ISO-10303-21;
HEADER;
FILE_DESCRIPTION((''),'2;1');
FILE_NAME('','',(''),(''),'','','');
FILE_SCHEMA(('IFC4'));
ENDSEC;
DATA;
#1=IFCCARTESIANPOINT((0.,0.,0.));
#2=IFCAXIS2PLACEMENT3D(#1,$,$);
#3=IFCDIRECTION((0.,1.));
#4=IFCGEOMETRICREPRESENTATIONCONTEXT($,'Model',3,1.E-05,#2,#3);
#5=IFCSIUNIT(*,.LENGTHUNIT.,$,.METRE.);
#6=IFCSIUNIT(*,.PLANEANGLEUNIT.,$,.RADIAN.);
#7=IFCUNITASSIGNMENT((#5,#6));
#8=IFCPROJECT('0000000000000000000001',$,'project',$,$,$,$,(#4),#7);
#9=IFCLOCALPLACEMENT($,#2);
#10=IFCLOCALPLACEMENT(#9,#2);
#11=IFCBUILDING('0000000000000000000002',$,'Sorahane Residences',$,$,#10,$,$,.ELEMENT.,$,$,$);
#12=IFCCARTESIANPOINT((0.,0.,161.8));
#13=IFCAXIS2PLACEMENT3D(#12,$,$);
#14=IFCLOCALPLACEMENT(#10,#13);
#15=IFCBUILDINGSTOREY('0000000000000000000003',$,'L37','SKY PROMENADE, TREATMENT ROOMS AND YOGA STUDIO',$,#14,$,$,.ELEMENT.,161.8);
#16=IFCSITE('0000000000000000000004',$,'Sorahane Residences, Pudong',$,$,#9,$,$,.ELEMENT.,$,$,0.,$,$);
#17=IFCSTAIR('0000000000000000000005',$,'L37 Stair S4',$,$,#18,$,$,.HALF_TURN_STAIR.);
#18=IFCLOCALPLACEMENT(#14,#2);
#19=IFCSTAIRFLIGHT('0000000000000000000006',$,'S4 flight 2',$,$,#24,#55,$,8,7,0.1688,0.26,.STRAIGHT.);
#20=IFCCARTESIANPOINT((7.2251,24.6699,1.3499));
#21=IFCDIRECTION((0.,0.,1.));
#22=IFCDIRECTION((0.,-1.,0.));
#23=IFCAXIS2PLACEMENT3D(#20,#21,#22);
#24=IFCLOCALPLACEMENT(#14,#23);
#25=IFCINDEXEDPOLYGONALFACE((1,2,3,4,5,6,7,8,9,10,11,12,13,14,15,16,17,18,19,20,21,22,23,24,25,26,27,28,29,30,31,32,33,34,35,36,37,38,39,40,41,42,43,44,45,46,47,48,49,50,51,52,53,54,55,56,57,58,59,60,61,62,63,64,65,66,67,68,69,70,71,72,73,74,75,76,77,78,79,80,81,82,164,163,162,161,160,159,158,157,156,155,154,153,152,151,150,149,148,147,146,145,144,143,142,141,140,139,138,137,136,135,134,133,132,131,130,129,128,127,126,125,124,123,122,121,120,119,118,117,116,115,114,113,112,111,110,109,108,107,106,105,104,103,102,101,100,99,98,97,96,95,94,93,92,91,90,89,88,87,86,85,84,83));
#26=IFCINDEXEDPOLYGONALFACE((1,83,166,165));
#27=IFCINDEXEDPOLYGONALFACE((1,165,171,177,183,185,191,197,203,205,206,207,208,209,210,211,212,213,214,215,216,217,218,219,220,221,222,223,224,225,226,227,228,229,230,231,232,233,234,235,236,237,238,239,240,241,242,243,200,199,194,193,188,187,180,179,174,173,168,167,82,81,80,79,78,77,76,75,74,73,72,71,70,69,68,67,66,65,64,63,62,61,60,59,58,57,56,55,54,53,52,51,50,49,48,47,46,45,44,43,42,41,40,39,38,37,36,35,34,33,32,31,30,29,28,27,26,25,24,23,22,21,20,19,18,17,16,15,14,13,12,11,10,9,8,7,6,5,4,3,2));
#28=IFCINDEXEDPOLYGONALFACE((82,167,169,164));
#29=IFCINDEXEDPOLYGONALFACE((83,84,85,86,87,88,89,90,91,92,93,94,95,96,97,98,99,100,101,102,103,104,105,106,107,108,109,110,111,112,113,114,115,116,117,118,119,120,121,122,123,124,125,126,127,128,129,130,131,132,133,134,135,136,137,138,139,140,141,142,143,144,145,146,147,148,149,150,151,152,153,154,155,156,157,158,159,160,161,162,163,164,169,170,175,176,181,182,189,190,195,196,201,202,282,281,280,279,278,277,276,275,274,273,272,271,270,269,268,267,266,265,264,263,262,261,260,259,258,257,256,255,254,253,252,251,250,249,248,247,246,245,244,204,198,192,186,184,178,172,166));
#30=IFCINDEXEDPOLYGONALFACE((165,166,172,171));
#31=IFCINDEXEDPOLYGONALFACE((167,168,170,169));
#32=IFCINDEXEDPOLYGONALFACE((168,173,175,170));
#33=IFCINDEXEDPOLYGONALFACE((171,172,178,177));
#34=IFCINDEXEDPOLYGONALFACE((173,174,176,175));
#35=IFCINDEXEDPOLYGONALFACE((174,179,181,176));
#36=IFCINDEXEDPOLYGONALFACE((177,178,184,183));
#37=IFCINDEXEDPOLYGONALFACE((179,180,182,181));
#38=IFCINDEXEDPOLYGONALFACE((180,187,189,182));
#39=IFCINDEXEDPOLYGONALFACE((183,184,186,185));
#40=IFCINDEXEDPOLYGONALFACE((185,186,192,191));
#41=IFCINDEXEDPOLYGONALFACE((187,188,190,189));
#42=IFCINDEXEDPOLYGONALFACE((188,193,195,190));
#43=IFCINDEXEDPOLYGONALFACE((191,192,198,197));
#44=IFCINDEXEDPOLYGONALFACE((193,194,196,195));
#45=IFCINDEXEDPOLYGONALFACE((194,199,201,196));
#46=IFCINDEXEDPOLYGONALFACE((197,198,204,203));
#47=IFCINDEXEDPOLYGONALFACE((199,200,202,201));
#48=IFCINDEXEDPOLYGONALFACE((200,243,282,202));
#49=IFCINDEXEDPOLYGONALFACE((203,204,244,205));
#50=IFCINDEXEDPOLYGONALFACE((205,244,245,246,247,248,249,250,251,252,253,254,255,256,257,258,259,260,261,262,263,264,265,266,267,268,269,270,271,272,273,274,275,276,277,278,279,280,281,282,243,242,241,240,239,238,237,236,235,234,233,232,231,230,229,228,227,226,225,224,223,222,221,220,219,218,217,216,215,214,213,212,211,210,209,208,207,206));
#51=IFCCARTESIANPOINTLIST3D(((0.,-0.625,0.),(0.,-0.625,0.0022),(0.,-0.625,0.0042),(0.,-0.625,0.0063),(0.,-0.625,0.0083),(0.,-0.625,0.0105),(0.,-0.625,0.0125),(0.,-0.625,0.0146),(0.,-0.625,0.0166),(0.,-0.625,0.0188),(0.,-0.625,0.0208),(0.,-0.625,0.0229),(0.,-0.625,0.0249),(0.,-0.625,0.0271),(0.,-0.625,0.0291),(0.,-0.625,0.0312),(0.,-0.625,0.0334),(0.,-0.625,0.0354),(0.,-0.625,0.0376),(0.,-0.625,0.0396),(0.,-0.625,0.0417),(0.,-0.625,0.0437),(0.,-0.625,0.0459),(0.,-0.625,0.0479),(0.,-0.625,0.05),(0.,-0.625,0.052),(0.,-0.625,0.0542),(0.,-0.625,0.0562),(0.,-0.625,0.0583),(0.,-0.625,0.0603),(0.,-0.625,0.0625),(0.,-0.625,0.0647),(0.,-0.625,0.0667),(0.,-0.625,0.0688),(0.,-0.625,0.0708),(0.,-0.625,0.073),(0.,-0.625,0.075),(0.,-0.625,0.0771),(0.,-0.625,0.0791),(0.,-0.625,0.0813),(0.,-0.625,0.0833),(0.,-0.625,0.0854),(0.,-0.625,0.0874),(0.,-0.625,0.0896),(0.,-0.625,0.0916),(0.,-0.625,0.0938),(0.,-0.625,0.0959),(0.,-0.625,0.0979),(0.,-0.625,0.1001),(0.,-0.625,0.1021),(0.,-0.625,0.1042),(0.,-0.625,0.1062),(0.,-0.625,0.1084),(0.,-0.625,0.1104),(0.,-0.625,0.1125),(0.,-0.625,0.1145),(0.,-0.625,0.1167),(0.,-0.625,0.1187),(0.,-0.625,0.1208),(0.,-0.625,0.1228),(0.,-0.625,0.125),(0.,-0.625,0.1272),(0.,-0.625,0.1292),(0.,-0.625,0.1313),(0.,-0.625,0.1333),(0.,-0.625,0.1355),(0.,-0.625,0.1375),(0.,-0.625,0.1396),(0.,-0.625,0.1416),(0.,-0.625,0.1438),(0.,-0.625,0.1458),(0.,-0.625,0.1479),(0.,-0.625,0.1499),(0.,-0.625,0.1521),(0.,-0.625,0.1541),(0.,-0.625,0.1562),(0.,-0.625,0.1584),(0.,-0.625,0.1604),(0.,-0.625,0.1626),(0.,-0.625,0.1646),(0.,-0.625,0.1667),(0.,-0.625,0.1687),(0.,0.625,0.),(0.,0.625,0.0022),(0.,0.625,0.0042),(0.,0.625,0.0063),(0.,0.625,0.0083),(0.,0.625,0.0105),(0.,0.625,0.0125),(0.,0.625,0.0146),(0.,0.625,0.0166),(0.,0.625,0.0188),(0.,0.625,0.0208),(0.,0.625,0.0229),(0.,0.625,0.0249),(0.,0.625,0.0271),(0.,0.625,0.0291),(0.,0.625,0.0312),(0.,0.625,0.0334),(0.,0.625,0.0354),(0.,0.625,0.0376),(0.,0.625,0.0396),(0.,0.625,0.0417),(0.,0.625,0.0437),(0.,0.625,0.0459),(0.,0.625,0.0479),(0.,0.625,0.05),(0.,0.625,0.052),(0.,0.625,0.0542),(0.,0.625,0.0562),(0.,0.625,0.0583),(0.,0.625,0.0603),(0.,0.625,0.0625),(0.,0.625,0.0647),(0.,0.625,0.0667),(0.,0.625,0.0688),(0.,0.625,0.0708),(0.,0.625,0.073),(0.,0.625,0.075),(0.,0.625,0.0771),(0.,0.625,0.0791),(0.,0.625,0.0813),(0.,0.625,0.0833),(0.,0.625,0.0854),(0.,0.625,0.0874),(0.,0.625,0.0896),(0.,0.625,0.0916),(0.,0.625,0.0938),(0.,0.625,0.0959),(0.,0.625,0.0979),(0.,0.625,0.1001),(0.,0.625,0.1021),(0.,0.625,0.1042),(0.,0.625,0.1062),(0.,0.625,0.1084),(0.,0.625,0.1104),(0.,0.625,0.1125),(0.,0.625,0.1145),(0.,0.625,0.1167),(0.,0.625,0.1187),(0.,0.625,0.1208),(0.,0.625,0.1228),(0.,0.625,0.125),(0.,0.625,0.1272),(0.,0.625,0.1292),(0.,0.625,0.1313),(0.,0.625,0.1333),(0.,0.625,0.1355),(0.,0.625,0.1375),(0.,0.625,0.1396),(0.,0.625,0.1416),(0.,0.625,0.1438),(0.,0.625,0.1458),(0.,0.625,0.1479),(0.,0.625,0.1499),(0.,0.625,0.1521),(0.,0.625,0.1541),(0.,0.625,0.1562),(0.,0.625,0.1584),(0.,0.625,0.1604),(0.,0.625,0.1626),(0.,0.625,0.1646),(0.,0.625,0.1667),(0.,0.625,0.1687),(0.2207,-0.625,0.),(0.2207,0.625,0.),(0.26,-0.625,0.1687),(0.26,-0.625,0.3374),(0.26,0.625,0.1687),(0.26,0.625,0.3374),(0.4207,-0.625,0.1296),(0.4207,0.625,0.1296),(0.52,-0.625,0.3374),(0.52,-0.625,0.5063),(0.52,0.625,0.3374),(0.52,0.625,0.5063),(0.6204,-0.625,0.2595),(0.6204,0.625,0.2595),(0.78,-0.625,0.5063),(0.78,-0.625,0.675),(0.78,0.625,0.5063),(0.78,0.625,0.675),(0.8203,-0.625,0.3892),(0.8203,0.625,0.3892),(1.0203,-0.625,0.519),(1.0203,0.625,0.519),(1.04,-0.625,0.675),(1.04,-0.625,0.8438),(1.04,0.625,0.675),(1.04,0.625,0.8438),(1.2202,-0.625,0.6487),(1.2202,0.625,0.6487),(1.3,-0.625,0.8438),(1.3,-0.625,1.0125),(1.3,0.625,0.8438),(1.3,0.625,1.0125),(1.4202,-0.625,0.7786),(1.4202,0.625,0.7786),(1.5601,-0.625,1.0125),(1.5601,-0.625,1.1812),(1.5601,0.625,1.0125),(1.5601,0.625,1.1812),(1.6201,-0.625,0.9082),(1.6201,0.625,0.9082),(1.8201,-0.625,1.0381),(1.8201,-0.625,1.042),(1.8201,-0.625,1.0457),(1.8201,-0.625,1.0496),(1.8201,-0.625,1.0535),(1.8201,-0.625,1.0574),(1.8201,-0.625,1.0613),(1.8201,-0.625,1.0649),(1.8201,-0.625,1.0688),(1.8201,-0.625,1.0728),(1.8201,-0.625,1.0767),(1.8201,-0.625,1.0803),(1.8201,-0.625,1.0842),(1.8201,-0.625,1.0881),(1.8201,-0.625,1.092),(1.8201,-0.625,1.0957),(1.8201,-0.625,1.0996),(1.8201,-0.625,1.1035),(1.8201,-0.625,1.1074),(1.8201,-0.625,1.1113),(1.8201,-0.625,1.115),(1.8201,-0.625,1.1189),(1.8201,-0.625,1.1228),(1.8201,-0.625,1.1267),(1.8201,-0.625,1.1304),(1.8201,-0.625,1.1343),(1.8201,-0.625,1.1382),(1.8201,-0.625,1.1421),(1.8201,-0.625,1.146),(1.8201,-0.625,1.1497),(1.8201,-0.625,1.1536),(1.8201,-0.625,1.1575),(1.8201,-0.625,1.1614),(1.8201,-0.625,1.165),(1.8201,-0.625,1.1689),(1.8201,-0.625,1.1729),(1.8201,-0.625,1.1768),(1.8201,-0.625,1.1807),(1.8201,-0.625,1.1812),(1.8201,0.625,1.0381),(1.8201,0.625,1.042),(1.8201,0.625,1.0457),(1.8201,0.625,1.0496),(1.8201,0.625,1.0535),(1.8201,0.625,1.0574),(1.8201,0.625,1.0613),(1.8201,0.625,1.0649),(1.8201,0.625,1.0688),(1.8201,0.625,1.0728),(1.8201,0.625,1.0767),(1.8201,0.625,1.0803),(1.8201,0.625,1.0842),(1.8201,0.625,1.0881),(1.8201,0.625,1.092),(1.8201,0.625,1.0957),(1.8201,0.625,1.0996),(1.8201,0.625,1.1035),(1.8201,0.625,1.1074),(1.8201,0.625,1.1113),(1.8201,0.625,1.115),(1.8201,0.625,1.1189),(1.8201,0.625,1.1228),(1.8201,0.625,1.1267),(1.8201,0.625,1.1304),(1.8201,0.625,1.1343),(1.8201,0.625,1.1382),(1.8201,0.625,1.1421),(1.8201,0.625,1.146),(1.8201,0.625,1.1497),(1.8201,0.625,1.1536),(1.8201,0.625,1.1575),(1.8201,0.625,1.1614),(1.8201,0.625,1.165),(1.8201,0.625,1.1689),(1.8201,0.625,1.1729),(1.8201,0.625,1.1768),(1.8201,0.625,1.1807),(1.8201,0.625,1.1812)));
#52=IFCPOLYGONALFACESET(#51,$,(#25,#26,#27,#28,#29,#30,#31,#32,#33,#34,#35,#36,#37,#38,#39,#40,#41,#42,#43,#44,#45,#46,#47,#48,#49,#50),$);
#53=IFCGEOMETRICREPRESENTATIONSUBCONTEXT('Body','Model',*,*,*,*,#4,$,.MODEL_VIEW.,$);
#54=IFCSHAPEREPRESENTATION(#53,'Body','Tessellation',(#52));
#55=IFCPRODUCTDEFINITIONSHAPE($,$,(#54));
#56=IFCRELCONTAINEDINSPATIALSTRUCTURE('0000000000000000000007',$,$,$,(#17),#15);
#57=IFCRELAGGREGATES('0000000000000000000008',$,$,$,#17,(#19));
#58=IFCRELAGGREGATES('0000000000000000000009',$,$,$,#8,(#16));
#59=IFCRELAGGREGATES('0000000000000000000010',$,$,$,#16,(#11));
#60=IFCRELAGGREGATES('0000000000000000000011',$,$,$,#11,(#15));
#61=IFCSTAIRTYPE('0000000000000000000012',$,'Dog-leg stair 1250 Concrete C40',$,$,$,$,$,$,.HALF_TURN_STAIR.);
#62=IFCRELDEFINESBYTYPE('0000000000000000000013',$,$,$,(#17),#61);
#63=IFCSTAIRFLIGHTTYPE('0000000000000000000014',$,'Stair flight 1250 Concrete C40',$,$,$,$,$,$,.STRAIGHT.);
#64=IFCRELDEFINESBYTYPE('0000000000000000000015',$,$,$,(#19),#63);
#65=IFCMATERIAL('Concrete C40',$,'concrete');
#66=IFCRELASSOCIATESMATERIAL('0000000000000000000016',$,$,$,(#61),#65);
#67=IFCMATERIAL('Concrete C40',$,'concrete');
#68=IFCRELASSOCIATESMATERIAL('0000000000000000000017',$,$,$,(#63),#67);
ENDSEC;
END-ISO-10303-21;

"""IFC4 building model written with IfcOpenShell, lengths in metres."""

from ifc_helpers import new_model, si_unit, direction, frame, origin, place, context, subcontext, project, spatial, polyline, outline, extrude, material, type_object, element, aggregate, save


model = new_model("IFC4")

# Units and contexts
model_context = context("Model", 3, precision=1e-05, world=origin(), true_north=direction((0.0, 1.0)))
body_context = subcontext(model_context, "Body", "Model", "MODEL_VIEW")
ifc_project = project(units=[si_unit("LENGTHUNIT", "METRE"), si_unit("PLANEANGLEUNIT", "RADIAN")], contexts=[model_context])

# Site, building, storey
site_placement = place(None, origin())
site = spatial("IfcSite", under=ifc_project, at=site_placement, Name="Sorahane Residences, Pudong", CompositionType="ELEMENT", RefElevation=0.0)
building_placement = place(site_placement, origin())
building = spatial("IfcBuilding", under=site, at=building_placement, Name="Sorahane Residences", CompositionType="ELEMENT")
storey_placement = place(building_placement, frame((0.0, 0.0, 161.8)))
storey = spatial("IfcBuildingStorey", under=building, at=storey_placement, Name="L37", Description="SKY PROMENADE, TREATMENT ROOMS AND YOGA STUDIO", CompositionType="ELEMENT", Elevation=161.8)

# Stair, stair flight
ifc_material_1 = material(Name="Concrete C40", Category="concrete")
stair_type = type_object("IfcStairType", Name="Dog-leg stair 1250 Concrete C40", PredefinedType="HALF_TURN_STAIR", material=ifc_material_1)
stair_placement = place(storey_placement, origin())
stair = element("IfcStair", 1, at=stair_placement, inside=storey, type_object=stair_type, Name="L37 Stair S4", PredefinedType="HALF_TURN_STAIR")
ifc_material_2 = material(Name="Concrete C40", Category="concrete")
stair_flight_type = type_object("IfcStairFlightType", Name="Stair flight 1250 Concrete C40", PredefinedType="STRAIGHT", material=ifc_material_2)
stair_flight_placement = place(storey_placement, frame((7.2251, 24.6699, 1.3499), z_axis=(0.0, 0.0, 1.0), x_axis=(0.0, -1.0, 0.0)))
stair_flight = element("IfcStairFlight", 2, at=stair_flight_placement, type_object=stair_flight_type, Name="S4 flight 2", NumberOfRisers=8, NumberOfTreads=7, PredefinedType="STRAIGHT", RiserHeight=0.1688, TreadLength=0.26, context=body_context, shape_type="SweptSolid", body=[
    extrude(outline(polyline([(0.0, 0.0), (0.0, 0.0022), (0.0, 0.0042), (0.0, 0.0063), (0.0, 0.0083), (0.0, 0.0105), (0.0, 0.0125), (0.0, 0.0146), (0.0, 0.0166), (0.0, 0.0188), (0.0, 0.0208), (0.0, 0.0229), (0.0, 0.0249), (0.0, 0.0271), (0.0, 0.0291), (0.0, 0.0312), (0.0, 0.0334), (0.0, 0.0354), (0.0, 0.0376), (0.0, 0.0396), (0.0, 0.0417), (0.0, 0.0437), (0.0, 0.0459), (0.0, 0.0479), (0.0, 0.05), (0.0, 0.052), (0.0, 0.0542), (0.0, 0.0562), (0.0, 0.0583), (0.0, 0.0603), (0.0, 0.0625), (0.0, 0.0647), (0.0, 0.0667), (0.0, 0.0688), (0.0, 0.0708), (0.0, 0.073), (0.0, 0.075), (0.0, 0.0771), (0.0, 0.0791), (0.0, 0.0813), (0.0, 0.0833), (0.0, 0.0854), (0.0, 0.0874), (0.0, 0.0896), (0.0, 0.0916), (0.0, 0.0938), (0.0, 0.0959), (0.0, 0.0979), (0.0, 0.1001), (0.0, 0.1021), (0.0, 0.1042), (0.0, 0.1062), (0.0, 0.1084), (0.0, 0.1104), (0.0, 0.1125), (0.0, 0.1145), (0.0, 0.1167), (0.0, 0.1187), (0.0, 0.1208), (0.0, 0.1228), (0.0, 0.125), (0.0, 0.1272), (0.0, 0.1292), (0.0, 0.1313), (0.0, 0.1333), (0.0, 0.1355), (0.0, 0.1375), (0.0, 0.1396), (0.0, 0.1416), (0.0, 0.1438), (0.0, 0.1458), (0.0, 0.1479), (0.0, 0.1499), (0.0, 0.1521), (0.0, 0.1541), (0.0, 0.1562), (0.0, 0.1584), (0.0, 0.1604), (0.0, 0.1626), (0.0, 0.1646), (0.0, 0.1667), (0.0, 0.1687), (0.26, 0.1687), (0.26, 0.3374), (0.52, 0.3374), (0.52, 0.5063), (0.78, 0.5063), (0.78, 0.675), (1.04, 0.675), (1.04, 0.8438), (1.3, 0.8438), (1.3, 1.0125), (1.5601, 1.0125), (1.5601, 1.1812), (1.8201, 1.1812), (1.8201, 1.3501), (1.8201, 1.3462), (1.8201, 1.3423), (1.8201, 1.3384), (1.8201, 1.3347), (1.8201, 1.3308), (1.8201, 1.3269), (1.8201, 1.323), (1.8201, 1.3191), (1.8201, 1.3154), (1.8201, 1.3115), (1.8201, 1.3076), (1.8201, 1.3037), (1.8201, 1.3), (1.8201, 1.2961), (1.8201, 1.2922), (1.8201, 1.2883), (1.8201, 1.2844), (1.8201, 1.2808), (1.8201, 1.2769), (1.8201, 1.2729), (1.8201, 1.269), (1.8201, 1.2654), (1.8201, 1.2615), (1.8201, 1.2576), (1.8201, 1.2537), (1.8201, 1.2498), (1.8201, 1.2461), (1.8201, 1.2422), (1.8201, 1.2383), (1.8201, 1.2344), (1.8201, 1.2307), (1.8201, 1.2268), (1.8201, 1.2229), (1.8201, 1.219), (1.8201, 1.2151), (1.8201, 1.2114), (1.8201, 1.2075), (1.8201, 1.2036), (1.8201, 1.1997), (1.8201, 1.196), (1.8201, 1.1921), (1.8201, 1.1882), (1.8201, 1.1843), (1.8201, 1.1807), (1.8201, 1.1768), (1.8201, 1.1729), (1.8201, 1.1689), (1.8201, 1.165), (1.8201, 1.1614), (1.8201, 1.1575), (1.8201, 1.1536), (1.8201, 1.1497), (1.8201, 1.146), (1.8201, 1.1421), (1.8201, 1.1382), (1.8201, 1.1343), (1.8201, 1.1304), (1.8201, 1.1267), (1.8201, 1.1228), (1.8201, 1.1189), (1.8201, 1.115), (1.8201, 1.1113), (1.8201, 1.1074), (1.8201, 1.1035), (1.8201, 1.0996), (1.8201, 1.0957), (1.8201, 1.092), (1.8201, 1.0881), (1.8201, 1.0842), (1.8201, 1.0803), (1.8201, 1.0767), (1.8201, 1.0728), (1.8201, 1.0688), (1.8201, 1.0649), (1.8201, 1.0613), (1.8201, 1.0574), (1.8201, 1.0535), (1.8201, 1.0496), (1.8201, 1.0457), (1.8201, 1.042), (1.8201, 1.0381), (1.6201, 0.9082), (1.4202, 0.7786), (1.2202, 0.6487), (1.0203, 0.519), (0.8203, 0.3892), (0.6204, 0.2595), (0.4207, 0.1296), (0.2207, 0.0), (0.0, 0.0)])), frame((0.0, 0.625, 0.0), z_axis=(0.0, -1.0, 0.0), x_axis=(1.0, 0.0, 0.0)), (0.0, 0.0, 1.0), 1.25),
])
aggregate(stair, [stair_flight])

save(model, "model.ifc")
